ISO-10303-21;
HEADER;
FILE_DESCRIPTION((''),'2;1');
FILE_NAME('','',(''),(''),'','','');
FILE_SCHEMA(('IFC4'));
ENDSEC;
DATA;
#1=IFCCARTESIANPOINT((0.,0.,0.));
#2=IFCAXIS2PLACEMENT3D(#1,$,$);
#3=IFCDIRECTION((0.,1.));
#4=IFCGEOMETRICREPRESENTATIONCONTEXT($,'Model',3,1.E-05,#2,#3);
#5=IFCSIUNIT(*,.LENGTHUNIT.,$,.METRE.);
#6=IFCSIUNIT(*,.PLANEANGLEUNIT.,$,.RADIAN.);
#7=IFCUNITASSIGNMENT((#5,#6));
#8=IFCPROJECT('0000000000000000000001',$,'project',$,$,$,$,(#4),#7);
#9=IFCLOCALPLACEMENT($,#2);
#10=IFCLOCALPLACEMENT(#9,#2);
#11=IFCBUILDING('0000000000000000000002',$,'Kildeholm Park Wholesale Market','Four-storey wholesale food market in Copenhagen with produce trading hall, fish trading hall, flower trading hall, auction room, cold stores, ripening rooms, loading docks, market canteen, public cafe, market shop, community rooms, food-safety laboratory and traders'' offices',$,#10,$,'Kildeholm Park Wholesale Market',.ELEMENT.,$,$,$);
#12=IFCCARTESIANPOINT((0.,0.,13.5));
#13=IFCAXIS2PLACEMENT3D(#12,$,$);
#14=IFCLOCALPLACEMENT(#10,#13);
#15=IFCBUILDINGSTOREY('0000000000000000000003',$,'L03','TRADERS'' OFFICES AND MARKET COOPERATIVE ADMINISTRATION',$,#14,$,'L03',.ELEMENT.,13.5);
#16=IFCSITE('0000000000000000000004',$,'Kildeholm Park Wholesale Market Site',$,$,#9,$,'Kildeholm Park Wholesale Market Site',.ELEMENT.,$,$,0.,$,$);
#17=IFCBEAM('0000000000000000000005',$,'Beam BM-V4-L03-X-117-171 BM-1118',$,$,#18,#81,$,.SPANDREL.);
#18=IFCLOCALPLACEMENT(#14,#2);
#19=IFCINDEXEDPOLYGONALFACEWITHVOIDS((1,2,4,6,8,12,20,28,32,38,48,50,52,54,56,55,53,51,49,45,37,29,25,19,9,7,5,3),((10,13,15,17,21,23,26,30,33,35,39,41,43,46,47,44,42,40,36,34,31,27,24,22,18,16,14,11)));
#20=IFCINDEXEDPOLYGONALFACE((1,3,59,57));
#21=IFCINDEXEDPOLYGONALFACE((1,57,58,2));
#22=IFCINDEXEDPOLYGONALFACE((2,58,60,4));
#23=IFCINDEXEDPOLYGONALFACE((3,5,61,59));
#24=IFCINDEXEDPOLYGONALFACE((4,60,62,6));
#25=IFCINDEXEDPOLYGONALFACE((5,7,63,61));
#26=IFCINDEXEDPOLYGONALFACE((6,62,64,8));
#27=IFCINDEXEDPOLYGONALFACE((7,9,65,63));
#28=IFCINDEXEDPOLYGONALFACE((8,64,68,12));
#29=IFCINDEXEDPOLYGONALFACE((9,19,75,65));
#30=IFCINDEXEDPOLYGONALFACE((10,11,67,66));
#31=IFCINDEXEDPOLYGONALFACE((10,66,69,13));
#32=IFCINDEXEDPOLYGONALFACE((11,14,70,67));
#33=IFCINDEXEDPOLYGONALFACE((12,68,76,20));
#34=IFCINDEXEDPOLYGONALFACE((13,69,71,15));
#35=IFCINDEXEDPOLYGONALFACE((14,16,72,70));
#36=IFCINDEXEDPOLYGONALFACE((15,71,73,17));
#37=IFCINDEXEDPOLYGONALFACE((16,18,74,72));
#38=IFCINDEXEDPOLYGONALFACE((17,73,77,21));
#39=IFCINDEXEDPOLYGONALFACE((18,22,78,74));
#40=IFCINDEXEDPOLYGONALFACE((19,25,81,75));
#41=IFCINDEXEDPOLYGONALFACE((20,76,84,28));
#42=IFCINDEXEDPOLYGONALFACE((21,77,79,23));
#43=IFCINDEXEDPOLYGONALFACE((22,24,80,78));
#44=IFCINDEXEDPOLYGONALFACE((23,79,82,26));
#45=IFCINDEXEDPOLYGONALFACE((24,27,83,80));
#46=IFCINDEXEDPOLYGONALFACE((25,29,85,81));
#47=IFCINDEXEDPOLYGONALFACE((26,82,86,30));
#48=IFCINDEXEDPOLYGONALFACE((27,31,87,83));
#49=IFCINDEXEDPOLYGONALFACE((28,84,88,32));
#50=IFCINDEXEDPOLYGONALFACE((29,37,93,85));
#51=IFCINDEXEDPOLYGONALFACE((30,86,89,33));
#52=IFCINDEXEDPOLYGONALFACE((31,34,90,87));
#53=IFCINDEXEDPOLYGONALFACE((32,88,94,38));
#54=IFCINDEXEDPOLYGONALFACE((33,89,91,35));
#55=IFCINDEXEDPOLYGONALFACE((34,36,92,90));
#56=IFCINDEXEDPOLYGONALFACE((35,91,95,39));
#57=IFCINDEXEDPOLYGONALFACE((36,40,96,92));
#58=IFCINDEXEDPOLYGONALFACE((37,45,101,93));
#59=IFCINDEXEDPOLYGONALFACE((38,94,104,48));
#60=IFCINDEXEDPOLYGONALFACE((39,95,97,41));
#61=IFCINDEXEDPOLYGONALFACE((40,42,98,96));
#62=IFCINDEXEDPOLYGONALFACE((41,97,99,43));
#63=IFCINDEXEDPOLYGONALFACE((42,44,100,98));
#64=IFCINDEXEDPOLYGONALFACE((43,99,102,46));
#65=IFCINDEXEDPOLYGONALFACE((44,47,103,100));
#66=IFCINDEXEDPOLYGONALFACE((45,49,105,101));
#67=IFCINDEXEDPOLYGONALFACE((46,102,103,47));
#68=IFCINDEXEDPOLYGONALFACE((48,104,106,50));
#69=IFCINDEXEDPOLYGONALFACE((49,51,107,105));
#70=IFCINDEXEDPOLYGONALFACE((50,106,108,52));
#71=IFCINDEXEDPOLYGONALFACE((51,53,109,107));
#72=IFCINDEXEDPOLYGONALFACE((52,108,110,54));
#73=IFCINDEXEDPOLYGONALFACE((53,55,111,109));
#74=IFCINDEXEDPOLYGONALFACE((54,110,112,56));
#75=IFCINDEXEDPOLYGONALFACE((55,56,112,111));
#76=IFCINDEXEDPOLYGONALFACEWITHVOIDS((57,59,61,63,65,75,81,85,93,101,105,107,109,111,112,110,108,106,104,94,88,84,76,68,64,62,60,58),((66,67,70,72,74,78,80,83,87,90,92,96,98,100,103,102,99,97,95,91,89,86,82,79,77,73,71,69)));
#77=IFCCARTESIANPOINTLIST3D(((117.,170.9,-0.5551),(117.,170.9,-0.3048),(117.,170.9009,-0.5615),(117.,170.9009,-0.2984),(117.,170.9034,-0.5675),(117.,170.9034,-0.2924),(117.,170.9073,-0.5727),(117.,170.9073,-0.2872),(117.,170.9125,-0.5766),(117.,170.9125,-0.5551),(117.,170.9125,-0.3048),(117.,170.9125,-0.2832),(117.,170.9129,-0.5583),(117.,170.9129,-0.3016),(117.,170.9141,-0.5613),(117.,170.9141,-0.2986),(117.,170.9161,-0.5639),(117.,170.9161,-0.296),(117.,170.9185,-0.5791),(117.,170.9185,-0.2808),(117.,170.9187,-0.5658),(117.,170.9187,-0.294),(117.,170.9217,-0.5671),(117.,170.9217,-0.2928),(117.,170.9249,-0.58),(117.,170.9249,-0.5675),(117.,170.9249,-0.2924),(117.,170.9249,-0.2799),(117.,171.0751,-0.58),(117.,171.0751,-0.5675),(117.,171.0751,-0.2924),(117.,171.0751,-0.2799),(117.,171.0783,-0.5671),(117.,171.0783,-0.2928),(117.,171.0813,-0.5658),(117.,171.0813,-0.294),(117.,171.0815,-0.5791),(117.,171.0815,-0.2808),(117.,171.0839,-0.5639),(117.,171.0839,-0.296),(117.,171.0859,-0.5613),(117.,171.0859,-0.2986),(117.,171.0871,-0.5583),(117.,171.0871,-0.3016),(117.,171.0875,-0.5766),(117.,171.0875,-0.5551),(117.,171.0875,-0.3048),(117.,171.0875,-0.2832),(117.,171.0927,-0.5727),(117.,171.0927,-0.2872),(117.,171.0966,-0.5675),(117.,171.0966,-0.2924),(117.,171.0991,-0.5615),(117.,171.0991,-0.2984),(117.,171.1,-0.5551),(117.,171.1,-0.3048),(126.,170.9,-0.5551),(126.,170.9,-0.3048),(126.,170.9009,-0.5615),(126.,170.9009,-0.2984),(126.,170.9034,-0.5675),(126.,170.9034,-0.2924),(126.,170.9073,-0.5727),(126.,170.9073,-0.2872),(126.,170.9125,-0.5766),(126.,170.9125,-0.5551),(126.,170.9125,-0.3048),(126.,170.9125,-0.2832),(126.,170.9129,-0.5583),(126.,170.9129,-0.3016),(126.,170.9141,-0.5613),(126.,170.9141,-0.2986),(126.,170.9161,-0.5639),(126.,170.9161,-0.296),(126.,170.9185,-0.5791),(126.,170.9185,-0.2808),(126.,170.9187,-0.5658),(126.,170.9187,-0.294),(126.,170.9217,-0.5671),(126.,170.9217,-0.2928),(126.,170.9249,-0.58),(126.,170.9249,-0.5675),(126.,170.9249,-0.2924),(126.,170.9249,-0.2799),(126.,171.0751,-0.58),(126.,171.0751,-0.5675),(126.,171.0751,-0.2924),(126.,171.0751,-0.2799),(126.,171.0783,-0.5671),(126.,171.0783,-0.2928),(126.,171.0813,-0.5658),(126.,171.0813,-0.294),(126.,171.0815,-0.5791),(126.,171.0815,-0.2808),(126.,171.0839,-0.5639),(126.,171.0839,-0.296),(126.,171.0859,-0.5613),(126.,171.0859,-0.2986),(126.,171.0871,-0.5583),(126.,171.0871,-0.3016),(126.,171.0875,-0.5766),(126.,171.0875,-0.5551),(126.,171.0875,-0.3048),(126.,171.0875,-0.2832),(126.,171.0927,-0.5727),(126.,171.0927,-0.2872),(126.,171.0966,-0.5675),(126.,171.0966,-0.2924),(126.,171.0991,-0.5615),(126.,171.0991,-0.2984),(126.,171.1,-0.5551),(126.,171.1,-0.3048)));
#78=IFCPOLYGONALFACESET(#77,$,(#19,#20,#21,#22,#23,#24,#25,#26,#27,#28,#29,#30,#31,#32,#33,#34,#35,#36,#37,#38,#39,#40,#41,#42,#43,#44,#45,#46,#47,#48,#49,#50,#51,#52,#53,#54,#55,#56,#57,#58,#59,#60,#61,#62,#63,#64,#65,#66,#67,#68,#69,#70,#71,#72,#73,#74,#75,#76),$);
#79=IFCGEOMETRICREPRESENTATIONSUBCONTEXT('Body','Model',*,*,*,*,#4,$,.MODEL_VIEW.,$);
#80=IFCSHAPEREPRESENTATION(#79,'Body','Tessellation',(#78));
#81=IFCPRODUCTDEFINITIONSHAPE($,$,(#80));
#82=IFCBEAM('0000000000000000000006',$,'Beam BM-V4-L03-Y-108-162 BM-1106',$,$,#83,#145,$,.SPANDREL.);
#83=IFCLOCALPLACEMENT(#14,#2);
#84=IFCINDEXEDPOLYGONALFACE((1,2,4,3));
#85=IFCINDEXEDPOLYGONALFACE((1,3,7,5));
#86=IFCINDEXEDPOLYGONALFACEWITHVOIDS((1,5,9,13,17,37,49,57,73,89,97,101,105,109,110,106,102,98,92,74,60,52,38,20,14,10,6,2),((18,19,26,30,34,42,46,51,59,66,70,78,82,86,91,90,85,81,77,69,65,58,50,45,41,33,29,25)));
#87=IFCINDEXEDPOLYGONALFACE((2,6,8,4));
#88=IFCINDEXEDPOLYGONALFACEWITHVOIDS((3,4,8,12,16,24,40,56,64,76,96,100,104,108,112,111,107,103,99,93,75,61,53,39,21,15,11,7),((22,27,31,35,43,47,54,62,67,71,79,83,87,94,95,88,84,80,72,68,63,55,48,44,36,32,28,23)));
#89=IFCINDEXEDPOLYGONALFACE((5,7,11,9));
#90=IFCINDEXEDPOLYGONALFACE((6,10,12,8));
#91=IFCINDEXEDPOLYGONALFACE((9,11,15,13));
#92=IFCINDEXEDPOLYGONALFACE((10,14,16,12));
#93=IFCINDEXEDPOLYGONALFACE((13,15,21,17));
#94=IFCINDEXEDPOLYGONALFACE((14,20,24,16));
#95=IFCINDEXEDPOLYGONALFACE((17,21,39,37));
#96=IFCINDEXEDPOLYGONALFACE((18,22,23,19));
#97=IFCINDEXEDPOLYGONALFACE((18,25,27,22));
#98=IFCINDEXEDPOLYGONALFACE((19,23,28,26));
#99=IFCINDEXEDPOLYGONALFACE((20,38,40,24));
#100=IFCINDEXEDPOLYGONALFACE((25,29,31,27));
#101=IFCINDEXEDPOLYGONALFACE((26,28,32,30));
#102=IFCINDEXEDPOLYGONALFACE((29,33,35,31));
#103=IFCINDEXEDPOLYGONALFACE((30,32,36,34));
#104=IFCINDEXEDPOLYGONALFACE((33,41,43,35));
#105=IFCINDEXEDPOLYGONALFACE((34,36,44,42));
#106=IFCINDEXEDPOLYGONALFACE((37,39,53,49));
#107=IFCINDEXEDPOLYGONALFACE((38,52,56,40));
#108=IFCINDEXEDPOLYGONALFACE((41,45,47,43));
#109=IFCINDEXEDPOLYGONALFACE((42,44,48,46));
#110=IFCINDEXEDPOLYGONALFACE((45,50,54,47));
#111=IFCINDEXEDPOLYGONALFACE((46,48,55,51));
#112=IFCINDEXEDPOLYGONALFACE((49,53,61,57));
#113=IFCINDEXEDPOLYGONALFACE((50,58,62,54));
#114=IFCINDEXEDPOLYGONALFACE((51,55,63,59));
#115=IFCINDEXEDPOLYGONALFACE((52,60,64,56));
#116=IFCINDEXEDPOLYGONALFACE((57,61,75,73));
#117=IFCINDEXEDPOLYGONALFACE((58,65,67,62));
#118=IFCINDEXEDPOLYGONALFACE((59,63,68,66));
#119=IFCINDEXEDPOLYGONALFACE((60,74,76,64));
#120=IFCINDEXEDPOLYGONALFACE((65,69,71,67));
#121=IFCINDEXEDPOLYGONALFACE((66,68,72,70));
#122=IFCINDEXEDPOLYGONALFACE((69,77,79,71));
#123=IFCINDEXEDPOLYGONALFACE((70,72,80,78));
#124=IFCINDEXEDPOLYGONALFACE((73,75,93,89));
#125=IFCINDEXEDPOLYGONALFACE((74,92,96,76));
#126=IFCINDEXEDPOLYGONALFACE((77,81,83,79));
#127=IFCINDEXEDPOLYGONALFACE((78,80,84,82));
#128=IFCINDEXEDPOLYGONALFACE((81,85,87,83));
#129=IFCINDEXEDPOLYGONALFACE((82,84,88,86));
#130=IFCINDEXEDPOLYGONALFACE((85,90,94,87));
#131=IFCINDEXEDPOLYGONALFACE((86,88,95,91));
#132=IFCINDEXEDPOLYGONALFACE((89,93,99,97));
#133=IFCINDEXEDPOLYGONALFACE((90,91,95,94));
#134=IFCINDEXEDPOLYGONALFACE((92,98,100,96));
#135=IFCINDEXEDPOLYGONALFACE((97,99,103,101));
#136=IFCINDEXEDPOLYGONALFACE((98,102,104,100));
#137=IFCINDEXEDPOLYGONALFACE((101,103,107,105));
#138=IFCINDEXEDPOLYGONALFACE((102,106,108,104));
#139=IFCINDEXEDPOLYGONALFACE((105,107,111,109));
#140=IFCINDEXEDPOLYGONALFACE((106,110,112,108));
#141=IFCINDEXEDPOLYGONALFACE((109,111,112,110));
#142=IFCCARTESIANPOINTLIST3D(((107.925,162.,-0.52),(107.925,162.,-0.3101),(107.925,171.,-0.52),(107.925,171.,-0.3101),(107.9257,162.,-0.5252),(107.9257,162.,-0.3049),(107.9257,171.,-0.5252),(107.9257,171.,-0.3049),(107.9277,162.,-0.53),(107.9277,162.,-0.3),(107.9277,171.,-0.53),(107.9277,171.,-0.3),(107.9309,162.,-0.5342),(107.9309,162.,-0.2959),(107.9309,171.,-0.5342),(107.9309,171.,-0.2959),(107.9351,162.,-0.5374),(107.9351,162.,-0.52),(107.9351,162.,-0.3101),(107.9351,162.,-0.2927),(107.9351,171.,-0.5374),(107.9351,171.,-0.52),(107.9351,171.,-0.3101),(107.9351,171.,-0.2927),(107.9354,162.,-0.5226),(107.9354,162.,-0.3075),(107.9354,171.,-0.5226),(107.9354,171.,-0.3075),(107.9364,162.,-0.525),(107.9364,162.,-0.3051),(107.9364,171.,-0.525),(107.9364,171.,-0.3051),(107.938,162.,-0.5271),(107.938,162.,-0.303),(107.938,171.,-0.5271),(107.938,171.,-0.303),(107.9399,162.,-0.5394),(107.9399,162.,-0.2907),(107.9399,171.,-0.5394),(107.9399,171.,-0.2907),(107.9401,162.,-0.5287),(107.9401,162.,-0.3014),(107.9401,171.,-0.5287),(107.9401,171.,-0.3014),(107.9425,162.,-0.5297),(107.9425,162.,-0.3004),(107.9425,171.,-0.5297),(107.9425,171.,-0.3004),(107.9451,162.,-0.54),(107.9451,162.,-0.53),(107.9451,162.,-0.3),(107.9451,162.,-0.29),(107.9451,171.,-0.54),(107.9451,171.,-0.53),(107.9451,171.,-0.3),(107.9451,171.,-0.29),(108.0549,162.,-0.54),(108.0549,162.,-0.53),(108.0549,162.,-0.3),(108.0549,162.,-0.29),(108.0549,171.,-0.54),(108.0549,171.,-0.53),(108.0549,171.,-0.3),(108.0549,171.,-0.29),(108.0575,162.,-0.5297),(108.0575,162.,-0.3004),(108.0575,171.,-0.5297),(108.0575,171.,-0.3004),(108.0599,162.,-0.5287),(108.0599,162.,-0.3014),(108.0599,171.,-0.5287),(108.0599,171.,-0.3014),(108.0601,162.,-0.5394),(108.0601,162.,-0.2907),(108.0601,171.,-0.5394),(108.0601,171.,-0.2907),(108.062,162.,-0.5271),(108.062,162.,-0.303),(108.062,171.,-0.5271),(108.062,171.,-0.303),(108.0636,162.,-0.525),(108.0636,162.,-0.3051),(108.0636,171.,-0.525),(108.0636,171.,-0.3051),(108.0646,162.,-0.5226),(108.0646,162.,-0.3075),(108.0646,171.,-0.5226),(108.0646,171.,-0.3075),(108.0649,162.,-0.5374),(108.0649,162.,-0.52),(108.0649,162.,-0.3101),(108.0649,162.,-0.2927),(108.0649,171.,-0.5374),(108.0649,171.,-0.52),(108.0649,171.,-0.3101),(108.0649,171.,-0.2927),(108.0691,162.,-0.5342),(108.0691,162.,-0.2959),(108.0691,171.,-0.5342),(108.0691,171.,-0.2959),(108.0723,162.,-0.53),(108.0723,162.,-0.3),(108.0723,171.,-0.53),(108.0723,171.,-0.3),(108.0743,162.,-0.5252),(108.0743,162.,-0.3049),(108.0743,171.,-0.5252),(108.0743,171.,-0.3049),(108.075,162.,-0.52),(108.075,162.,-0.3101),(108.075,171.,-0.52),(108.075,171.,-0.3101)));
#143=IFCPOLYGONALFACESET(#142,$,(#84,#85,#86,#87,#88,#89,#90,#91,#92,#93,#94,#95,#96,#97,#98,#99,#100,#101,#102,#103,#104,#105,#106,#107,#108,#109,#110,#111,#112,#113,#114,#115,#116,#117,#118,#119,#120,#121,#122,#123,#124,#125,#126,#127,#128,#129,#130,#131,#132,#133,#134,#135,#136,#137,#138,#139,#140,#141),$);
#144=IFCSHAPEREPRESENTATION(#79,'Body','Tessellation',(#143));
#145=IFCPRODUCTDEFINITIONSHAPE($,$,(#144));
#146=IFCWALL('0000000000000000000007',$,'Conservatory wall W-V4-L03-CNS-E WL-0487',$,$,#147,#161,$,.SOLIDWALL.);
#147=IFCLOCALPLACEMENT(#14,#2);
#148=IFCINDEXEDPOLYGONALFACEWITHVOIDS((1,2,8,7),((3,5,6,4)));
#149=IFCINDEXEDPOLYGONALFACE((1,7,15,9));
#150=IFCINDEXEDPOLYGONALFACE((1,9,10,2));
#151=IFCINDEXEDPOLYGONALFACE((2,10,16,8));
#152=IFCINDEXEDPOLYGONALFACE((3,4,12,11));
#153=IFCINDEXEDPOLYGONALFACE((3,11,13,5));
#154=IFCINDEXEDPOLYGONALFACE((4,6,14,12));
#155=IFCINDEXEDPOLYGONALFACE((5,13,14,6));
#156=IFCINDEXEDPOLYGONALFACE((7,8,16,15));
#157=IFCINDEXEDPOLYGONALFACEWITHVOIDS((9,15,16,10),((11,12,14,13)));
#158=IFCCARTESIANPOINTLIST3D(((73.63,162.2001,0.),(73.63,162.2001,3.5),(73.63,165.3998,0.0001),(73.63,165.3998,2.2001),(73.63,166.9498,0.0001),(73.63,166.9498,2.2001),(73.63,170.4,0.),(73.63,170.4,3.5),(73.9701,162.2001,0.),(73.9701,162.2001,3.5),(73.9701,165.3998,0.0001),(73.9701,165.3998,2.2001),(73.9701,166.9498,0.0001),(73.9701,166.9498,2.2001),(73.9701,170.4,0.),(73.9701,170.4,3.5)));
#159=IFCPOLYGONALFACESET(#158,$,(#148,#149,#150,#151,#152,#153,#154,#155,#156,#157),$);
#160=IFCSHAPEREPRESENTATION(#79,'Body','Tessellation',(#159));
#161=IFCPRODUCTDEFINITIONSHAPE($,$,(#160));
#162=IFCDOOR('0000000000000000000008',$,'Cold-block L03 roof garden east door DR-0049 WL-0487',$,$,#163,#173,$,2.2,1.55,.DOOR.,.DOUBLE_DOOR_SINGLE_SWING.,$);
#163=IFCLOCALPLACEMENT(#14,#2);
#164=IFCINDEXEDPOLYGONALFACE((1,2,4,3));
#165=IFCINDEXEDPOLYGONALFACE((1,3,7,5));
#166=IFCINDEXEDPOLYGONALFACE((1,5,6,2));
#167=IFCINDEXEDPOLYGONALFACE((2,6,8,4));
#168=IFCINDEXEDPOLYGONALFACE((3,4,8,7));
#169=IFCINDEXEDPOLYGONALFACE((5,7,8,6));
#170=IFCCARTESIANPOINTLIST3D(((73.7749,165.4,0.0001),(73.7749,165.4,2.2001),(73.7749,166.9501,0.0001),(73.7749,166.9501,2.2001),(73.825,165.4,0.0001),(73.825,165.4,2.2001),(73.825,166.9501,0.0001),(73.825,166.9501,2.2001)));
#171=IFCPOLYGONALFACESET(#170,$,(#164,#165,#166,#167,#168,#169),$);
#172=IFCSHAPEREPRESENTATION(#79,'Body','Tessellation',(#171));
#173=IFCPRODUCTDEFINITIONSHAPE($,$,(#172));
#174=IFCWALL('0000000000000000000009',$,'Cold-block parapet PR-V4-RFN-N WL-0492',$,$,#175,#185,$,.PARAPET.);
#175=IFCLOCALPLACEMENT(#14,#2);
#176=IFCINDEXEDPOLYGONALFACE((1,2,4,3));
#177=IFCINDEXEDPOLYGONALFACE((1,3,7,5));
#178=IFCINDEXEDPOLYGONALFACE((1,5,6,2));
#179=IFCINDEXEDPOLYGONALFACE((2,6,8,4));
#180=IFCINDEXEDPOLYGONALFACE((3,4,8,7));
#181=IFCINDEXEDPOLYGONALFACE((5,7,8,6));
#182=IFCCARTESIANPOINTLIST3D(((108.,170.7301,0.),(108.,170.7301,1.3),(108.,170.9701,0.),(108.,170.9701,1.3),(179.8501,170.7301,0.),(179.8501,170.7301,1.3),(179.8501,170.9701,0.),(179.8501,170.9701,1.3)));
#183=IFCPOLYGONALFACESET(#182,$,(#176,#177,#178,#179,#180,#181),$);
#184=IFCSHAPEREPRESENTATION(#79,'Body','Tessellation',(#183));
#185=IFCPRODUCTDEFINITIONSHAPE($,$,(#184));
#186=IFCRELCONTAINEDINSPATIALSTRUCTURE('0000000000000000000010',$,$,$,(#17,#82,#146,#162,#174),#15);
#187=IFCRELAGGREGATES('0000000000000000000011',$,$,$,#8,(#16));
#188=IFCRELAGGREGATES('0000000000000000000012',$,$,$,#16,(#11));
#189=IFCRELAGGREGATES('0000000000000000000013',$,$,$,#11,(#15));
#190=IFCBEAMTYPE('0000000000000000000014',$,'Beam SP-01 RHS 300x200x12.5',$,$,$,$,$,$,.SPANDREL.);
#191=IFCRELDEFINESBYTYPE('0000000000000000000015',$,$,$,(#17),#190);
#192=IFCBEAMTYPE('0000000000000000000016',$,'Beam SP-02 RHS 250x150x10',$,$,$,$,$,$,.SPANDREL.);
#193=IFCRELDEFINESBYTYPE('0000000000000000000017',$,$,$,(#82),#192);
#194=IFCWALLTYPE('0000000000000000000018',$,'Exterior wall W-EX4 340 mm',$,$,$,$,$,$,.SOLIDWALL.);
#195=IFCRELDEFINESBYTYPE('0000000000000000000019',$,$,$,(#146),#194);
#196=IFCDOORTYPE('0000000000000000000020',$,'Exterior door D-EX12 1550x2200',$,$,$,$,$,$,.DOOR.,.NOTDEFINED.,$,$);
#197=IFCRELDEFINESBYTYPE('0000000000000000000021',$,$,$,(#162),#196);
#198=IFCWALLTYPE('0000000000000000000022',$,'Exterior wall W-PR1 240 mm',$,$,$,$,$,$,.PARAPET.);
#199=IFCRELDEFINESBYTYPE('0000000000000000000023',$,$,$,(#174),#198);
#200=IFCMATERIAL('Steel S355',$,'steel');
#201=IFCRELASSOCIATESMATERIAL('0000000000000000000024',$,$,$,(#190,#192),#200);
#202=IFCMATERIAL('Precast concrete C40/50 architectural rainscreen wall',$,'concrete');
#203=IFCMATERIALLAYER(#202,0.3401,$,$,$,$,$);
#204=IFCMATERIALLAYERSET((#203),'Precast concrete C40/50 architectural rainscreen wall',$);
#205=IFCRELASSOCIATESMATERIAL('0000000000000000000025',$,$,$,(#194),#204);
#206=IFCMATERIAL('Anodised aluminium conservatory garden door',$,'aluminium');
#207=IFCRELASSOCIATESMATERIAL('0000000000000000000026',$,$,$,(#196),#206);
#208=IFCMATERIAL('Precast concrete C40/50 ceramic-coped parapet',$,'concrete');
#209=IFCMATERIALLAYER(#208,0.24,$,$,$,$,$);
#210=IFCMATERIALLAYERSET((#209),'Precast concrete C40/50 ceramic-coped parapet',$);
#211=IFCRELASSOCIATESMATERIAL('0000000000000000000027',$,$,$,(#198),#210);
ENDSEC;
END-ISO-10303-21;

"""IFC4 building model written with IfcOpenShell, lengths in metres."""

from ifc_helpers import new_model, si_unit, direction, frame, frame_2d, origin, origin_2d, place, context, subcontext, project, spatial, rectangle, hollow_rectangle, extrude, material, layer, layer_set, material_profile, profile_set, type_object, element, fill, save


model = new_model("IFC4")

# Units and contexts
model_context = context("Model", 3, precision=1e-05, world=origin(), true_north=direction((0.0, 1.0)))
body_context = subcontext(model_context, "Body", "Model", "MODEL_VIEW")
ifc_project = project(units=[si_unit("LENGTHUNIT", "METRE"), si_unit("PLANEANGLEUNIT", "RADIAN")], contexts=[model_context])

# Site, building, storey
site_placement = place(None, origin())
site = spatial("IfcSite", under=ifc_project, at=site_placement, Name="Kildeholm Park Wholesale Market Site", LongName="Kildeholm Park Wholesale Market Site", CompositionType="ELEMENT", RefElevation=0.0)
building_placement = place(site_placement, origin())
building = spatial("IfcBuilding", under=site, at=building_placement, Name="Kildeholm Park Wholesale Market", Description="Four-storey wholesale food market in Copenhagen with produce trading hall, fish trading hall, flower trading hall, auction room, cold stores, ripening rooms, loading docks, market canteen, public cafe, market shop, community rooms, food-safety laboratory and traders' offices", LongName="Kildeholm Park Wholesale Market", CompositionType="ELEMENT")
storey_placement = place(building_placement, frame((0.0, 0.0, 13.5)))
storey = spatial("IfcBuildingStorey", under=building, at=storey_placement, Name="L03", Description="TRADERS' OFFICES AND MARKET COOPERATIVE ADMINISTRATION", LongName="L03", CompositionType="ELEMENT", Elevation=13.5)

# Beams
ifc_material_1 = material(Name="Steel S355", Category="steel")
ifc_material_profile_1 = material_profile(ifc_material_1, hollow_rectangle(XDim=0.2, YDim=0.3, WallThickness=0.0125, InnerFilletRadius=0.0125, OuterFilletRadius=0.0249, at=origin_2d()), Name="RHS 300x200x12.5")
ifc_profile_set_1 = profile_set([ifc_material_profile_1], Name="Steel S355")
beam_type_1 = type_object("IfcBeamType", Name="Beam SP-01 RHS 300x200x12.5", PredefinedType="SPANDREL", material=ifc_profile_set_1)
for number, where, z_axis, x_axis, name in (
    (1, (117.0, 171.0, -0.4299), (1.0, 0.0, 0.0), (0.0, 1.0, 0.0), "Beam BM-V4-L03-X-117-171 BM-1118"),
):
    element("IfcBeam", number, at=place(storey_placement, frame(where, z_axis=z_axis, x_axis=x_axis)), inside=storey, type_object=beam_type_1, Name=name, PredefinedType="SPANDREL", context=body_context, shape_type="SweptSolid", body=[
        extrude(hollow_rectangle(XDim=0.2, YDim=0.3, WallThickness=0.0125, InnerFilletRadius=0.0125, OuterFilletRadius=0.0249, at=origin_2d()), origin(), (0.0, 0.0, 1.0), 9.0),
    ])
ifc_material_profile_2 = material_profile(ifc_material_1, hollow_rectangle(XDim=0.1499, YDim=0.25, WallThickness=0.01, InnerFilletRadius=0.01, OuterFilletRadius=0.02, at=origin_2d()), Name="RHS 250x150x10")
ifc_profile_set_2 = profile_set([ifc_material_profile_2], Name="Steel S355")
beam_type_2 = type_object("IfcBeamType", Name="Beam SP-02 RHS 250x150x10", PredefinedType="SPANDREL", material=ifc_profile_set_2)
beam_1_placement = place(storey_placement, frame((108.0, 162.0, -0.415), z_axis=(0.0, 1.0, 0.0), x_axis=(-1.0, 0.0, 0.0)))
element("IfcBeam", 2, at=beam_1_placement, inside=storey, type_object=beam_type_2, Name="Beam BM-V4-L03-Y-108-162 BM-1106", PredefinedType="SPANDREL", context=body_context, shape_type="SweptSolid", body=[
    extrude(hollow_rectangle(XDim=0.1499, YDim=0.25, WallThickness=0.01, InnerFilletRadius=0.01, OuterFilletRadius=0.02, at=origin_2d()), origin(), (0.0, 0.0, 1.0), 9.0),
])

# Wall, opening, door
ifc_material_2 = material(Name="Precast concrete C40/50 architectural rainscreen wall", Category="concrete")
ifc_layer_1 = layer(ifc_material_2, 0.3401)
ifc_layer_set_1 = layer_set([ifc_layer_1], Name="Precast concrete C40/50 architectural rainscreen wall")
wall_type_1 = type_object("IfcWallType", Name="Exterior wall W-EX4 340 mm", PredefinedType="SOLIDWALL", material=ifc_layer_set_1)
wall_placement = place(storey_placement, frame((73.8, 162.2, 0.0), z_axis=(0.0, 0.0, 1.0), x_axis=(0.0, 1.0, 0.0)))
wall = element("IfcWall", 3, at=wall_placement, inside=storey, type_object=wall_type_1, Name="Conservatory wall W-V4-L03-CNS-E WL-0487", PredefinedType="SOLIDWALL", context=body_context, shape_type="SweptSolid", body=[
    extrude(rectangle(XDim=8.2, YDim=0.3401, at=frame_2d((4.1001, 0.0))), origin(), (0.0, 0.0, 1.0), 3.5),
])
opening_placement = place(wall_placement, frame((3.2, 0.0, 0.0)))
opening = element("IfcOpeningElement", 4, at=opening_placement, cuts=wall, PredefinedType="OPENING", context=body_context, shape_type="SweptSolid", body=[
    extrude(rectangle(XDim=1.55, YDim=2.2, at=frame_2d((0.7749, 1.1001))), frame((0.0, 0.1799, 0.0), z_axis=(0.0, -1.0, 0.0), x_axis=(1.0, 0.0, 0.0)), (0.0, 0.0, 1.0), 0.3601),
])
ifc_material_3 = material(Name="Anodised aluminium conservatory garden door", Category="aluminium")
door_type = type_object("IfcDoorType", Name="Exterior door D-EX12 1550x2200", OperationType="NOTDEFINED", PredefinedType="DOOR", material=ifc_material_3)
door_placement = place(opening_placement, frame((1.55, 0.0, 0.0), z_axis=(0.0, 0.0, 1.0), x_axis=(-1.0, 0.0, 0.0)))
door = element("IfcDoor", 5, at=door_placement, inside=storey, type_object=door_type, Name="Cold-block L03 roof garden east door DR-0049 WL-0487", OperationType="DOUBLE_DOOR_SINGLE_SWING", OverallHeight=2.2, OverallWidth=1.55, PredefinedType="DOOR", context=body_context, shape_type="SweptSolid", body=[
    extrude(rectangle(XDim=1.55, YDim=2.2, at=frame_2d((0.7749, 1.1001))), frame((0.0, 0.0249, 0.0), z_axis=(0.0, -1.0, 0.0), x_axis=(1.0, 0.0, 0.0)), (0.0, 0.0, 1.0), 0.05),
])
fill(opening, door)

# Wall
ifc_material_4 = material(Name="Precast concrete C40/50 ceramic-coped parapet", Category="concrete")
ifc_layer_2 = layer(ifc_material_4, 0.24)
ifc_layer_set_2 = layer_set([ifc_layer_2], Name="Precast concrete C40/50 ceramic-coped parapet")
wall_type_2 = type_object("IfcWallType", Name="Exterior wall W-PR1 240 mm", PredefinedType="PARAPET", material=ifc_layer_set_2)
for number, where, z_axis, x_axis, name in (
    (6, (108.0, 170.8501, 0.0), (0.0, 0.0, 1.0), (1.0, 0.0, 0.0), "Cold-block parapet PR-V4-RFN-N WL-0492"),
):
    element("IfcWall", number, at=place(storey_placement, frame(where, z_axis=z_axis, x_axis=x_axis)), inside=storey, type_object=wall_type_2, Name=name, PredefinedType="PARAPET", context=body_context, shape_type="SweptSolid", body=[
        extrude(rectangle(XDim=71.8501, YDim=0.24, at=frame_2d((35.925, 0.0))), origin(), (0.0, 0.0, 1.0), 1.3),
    ])

save(model, "model.ifc")
